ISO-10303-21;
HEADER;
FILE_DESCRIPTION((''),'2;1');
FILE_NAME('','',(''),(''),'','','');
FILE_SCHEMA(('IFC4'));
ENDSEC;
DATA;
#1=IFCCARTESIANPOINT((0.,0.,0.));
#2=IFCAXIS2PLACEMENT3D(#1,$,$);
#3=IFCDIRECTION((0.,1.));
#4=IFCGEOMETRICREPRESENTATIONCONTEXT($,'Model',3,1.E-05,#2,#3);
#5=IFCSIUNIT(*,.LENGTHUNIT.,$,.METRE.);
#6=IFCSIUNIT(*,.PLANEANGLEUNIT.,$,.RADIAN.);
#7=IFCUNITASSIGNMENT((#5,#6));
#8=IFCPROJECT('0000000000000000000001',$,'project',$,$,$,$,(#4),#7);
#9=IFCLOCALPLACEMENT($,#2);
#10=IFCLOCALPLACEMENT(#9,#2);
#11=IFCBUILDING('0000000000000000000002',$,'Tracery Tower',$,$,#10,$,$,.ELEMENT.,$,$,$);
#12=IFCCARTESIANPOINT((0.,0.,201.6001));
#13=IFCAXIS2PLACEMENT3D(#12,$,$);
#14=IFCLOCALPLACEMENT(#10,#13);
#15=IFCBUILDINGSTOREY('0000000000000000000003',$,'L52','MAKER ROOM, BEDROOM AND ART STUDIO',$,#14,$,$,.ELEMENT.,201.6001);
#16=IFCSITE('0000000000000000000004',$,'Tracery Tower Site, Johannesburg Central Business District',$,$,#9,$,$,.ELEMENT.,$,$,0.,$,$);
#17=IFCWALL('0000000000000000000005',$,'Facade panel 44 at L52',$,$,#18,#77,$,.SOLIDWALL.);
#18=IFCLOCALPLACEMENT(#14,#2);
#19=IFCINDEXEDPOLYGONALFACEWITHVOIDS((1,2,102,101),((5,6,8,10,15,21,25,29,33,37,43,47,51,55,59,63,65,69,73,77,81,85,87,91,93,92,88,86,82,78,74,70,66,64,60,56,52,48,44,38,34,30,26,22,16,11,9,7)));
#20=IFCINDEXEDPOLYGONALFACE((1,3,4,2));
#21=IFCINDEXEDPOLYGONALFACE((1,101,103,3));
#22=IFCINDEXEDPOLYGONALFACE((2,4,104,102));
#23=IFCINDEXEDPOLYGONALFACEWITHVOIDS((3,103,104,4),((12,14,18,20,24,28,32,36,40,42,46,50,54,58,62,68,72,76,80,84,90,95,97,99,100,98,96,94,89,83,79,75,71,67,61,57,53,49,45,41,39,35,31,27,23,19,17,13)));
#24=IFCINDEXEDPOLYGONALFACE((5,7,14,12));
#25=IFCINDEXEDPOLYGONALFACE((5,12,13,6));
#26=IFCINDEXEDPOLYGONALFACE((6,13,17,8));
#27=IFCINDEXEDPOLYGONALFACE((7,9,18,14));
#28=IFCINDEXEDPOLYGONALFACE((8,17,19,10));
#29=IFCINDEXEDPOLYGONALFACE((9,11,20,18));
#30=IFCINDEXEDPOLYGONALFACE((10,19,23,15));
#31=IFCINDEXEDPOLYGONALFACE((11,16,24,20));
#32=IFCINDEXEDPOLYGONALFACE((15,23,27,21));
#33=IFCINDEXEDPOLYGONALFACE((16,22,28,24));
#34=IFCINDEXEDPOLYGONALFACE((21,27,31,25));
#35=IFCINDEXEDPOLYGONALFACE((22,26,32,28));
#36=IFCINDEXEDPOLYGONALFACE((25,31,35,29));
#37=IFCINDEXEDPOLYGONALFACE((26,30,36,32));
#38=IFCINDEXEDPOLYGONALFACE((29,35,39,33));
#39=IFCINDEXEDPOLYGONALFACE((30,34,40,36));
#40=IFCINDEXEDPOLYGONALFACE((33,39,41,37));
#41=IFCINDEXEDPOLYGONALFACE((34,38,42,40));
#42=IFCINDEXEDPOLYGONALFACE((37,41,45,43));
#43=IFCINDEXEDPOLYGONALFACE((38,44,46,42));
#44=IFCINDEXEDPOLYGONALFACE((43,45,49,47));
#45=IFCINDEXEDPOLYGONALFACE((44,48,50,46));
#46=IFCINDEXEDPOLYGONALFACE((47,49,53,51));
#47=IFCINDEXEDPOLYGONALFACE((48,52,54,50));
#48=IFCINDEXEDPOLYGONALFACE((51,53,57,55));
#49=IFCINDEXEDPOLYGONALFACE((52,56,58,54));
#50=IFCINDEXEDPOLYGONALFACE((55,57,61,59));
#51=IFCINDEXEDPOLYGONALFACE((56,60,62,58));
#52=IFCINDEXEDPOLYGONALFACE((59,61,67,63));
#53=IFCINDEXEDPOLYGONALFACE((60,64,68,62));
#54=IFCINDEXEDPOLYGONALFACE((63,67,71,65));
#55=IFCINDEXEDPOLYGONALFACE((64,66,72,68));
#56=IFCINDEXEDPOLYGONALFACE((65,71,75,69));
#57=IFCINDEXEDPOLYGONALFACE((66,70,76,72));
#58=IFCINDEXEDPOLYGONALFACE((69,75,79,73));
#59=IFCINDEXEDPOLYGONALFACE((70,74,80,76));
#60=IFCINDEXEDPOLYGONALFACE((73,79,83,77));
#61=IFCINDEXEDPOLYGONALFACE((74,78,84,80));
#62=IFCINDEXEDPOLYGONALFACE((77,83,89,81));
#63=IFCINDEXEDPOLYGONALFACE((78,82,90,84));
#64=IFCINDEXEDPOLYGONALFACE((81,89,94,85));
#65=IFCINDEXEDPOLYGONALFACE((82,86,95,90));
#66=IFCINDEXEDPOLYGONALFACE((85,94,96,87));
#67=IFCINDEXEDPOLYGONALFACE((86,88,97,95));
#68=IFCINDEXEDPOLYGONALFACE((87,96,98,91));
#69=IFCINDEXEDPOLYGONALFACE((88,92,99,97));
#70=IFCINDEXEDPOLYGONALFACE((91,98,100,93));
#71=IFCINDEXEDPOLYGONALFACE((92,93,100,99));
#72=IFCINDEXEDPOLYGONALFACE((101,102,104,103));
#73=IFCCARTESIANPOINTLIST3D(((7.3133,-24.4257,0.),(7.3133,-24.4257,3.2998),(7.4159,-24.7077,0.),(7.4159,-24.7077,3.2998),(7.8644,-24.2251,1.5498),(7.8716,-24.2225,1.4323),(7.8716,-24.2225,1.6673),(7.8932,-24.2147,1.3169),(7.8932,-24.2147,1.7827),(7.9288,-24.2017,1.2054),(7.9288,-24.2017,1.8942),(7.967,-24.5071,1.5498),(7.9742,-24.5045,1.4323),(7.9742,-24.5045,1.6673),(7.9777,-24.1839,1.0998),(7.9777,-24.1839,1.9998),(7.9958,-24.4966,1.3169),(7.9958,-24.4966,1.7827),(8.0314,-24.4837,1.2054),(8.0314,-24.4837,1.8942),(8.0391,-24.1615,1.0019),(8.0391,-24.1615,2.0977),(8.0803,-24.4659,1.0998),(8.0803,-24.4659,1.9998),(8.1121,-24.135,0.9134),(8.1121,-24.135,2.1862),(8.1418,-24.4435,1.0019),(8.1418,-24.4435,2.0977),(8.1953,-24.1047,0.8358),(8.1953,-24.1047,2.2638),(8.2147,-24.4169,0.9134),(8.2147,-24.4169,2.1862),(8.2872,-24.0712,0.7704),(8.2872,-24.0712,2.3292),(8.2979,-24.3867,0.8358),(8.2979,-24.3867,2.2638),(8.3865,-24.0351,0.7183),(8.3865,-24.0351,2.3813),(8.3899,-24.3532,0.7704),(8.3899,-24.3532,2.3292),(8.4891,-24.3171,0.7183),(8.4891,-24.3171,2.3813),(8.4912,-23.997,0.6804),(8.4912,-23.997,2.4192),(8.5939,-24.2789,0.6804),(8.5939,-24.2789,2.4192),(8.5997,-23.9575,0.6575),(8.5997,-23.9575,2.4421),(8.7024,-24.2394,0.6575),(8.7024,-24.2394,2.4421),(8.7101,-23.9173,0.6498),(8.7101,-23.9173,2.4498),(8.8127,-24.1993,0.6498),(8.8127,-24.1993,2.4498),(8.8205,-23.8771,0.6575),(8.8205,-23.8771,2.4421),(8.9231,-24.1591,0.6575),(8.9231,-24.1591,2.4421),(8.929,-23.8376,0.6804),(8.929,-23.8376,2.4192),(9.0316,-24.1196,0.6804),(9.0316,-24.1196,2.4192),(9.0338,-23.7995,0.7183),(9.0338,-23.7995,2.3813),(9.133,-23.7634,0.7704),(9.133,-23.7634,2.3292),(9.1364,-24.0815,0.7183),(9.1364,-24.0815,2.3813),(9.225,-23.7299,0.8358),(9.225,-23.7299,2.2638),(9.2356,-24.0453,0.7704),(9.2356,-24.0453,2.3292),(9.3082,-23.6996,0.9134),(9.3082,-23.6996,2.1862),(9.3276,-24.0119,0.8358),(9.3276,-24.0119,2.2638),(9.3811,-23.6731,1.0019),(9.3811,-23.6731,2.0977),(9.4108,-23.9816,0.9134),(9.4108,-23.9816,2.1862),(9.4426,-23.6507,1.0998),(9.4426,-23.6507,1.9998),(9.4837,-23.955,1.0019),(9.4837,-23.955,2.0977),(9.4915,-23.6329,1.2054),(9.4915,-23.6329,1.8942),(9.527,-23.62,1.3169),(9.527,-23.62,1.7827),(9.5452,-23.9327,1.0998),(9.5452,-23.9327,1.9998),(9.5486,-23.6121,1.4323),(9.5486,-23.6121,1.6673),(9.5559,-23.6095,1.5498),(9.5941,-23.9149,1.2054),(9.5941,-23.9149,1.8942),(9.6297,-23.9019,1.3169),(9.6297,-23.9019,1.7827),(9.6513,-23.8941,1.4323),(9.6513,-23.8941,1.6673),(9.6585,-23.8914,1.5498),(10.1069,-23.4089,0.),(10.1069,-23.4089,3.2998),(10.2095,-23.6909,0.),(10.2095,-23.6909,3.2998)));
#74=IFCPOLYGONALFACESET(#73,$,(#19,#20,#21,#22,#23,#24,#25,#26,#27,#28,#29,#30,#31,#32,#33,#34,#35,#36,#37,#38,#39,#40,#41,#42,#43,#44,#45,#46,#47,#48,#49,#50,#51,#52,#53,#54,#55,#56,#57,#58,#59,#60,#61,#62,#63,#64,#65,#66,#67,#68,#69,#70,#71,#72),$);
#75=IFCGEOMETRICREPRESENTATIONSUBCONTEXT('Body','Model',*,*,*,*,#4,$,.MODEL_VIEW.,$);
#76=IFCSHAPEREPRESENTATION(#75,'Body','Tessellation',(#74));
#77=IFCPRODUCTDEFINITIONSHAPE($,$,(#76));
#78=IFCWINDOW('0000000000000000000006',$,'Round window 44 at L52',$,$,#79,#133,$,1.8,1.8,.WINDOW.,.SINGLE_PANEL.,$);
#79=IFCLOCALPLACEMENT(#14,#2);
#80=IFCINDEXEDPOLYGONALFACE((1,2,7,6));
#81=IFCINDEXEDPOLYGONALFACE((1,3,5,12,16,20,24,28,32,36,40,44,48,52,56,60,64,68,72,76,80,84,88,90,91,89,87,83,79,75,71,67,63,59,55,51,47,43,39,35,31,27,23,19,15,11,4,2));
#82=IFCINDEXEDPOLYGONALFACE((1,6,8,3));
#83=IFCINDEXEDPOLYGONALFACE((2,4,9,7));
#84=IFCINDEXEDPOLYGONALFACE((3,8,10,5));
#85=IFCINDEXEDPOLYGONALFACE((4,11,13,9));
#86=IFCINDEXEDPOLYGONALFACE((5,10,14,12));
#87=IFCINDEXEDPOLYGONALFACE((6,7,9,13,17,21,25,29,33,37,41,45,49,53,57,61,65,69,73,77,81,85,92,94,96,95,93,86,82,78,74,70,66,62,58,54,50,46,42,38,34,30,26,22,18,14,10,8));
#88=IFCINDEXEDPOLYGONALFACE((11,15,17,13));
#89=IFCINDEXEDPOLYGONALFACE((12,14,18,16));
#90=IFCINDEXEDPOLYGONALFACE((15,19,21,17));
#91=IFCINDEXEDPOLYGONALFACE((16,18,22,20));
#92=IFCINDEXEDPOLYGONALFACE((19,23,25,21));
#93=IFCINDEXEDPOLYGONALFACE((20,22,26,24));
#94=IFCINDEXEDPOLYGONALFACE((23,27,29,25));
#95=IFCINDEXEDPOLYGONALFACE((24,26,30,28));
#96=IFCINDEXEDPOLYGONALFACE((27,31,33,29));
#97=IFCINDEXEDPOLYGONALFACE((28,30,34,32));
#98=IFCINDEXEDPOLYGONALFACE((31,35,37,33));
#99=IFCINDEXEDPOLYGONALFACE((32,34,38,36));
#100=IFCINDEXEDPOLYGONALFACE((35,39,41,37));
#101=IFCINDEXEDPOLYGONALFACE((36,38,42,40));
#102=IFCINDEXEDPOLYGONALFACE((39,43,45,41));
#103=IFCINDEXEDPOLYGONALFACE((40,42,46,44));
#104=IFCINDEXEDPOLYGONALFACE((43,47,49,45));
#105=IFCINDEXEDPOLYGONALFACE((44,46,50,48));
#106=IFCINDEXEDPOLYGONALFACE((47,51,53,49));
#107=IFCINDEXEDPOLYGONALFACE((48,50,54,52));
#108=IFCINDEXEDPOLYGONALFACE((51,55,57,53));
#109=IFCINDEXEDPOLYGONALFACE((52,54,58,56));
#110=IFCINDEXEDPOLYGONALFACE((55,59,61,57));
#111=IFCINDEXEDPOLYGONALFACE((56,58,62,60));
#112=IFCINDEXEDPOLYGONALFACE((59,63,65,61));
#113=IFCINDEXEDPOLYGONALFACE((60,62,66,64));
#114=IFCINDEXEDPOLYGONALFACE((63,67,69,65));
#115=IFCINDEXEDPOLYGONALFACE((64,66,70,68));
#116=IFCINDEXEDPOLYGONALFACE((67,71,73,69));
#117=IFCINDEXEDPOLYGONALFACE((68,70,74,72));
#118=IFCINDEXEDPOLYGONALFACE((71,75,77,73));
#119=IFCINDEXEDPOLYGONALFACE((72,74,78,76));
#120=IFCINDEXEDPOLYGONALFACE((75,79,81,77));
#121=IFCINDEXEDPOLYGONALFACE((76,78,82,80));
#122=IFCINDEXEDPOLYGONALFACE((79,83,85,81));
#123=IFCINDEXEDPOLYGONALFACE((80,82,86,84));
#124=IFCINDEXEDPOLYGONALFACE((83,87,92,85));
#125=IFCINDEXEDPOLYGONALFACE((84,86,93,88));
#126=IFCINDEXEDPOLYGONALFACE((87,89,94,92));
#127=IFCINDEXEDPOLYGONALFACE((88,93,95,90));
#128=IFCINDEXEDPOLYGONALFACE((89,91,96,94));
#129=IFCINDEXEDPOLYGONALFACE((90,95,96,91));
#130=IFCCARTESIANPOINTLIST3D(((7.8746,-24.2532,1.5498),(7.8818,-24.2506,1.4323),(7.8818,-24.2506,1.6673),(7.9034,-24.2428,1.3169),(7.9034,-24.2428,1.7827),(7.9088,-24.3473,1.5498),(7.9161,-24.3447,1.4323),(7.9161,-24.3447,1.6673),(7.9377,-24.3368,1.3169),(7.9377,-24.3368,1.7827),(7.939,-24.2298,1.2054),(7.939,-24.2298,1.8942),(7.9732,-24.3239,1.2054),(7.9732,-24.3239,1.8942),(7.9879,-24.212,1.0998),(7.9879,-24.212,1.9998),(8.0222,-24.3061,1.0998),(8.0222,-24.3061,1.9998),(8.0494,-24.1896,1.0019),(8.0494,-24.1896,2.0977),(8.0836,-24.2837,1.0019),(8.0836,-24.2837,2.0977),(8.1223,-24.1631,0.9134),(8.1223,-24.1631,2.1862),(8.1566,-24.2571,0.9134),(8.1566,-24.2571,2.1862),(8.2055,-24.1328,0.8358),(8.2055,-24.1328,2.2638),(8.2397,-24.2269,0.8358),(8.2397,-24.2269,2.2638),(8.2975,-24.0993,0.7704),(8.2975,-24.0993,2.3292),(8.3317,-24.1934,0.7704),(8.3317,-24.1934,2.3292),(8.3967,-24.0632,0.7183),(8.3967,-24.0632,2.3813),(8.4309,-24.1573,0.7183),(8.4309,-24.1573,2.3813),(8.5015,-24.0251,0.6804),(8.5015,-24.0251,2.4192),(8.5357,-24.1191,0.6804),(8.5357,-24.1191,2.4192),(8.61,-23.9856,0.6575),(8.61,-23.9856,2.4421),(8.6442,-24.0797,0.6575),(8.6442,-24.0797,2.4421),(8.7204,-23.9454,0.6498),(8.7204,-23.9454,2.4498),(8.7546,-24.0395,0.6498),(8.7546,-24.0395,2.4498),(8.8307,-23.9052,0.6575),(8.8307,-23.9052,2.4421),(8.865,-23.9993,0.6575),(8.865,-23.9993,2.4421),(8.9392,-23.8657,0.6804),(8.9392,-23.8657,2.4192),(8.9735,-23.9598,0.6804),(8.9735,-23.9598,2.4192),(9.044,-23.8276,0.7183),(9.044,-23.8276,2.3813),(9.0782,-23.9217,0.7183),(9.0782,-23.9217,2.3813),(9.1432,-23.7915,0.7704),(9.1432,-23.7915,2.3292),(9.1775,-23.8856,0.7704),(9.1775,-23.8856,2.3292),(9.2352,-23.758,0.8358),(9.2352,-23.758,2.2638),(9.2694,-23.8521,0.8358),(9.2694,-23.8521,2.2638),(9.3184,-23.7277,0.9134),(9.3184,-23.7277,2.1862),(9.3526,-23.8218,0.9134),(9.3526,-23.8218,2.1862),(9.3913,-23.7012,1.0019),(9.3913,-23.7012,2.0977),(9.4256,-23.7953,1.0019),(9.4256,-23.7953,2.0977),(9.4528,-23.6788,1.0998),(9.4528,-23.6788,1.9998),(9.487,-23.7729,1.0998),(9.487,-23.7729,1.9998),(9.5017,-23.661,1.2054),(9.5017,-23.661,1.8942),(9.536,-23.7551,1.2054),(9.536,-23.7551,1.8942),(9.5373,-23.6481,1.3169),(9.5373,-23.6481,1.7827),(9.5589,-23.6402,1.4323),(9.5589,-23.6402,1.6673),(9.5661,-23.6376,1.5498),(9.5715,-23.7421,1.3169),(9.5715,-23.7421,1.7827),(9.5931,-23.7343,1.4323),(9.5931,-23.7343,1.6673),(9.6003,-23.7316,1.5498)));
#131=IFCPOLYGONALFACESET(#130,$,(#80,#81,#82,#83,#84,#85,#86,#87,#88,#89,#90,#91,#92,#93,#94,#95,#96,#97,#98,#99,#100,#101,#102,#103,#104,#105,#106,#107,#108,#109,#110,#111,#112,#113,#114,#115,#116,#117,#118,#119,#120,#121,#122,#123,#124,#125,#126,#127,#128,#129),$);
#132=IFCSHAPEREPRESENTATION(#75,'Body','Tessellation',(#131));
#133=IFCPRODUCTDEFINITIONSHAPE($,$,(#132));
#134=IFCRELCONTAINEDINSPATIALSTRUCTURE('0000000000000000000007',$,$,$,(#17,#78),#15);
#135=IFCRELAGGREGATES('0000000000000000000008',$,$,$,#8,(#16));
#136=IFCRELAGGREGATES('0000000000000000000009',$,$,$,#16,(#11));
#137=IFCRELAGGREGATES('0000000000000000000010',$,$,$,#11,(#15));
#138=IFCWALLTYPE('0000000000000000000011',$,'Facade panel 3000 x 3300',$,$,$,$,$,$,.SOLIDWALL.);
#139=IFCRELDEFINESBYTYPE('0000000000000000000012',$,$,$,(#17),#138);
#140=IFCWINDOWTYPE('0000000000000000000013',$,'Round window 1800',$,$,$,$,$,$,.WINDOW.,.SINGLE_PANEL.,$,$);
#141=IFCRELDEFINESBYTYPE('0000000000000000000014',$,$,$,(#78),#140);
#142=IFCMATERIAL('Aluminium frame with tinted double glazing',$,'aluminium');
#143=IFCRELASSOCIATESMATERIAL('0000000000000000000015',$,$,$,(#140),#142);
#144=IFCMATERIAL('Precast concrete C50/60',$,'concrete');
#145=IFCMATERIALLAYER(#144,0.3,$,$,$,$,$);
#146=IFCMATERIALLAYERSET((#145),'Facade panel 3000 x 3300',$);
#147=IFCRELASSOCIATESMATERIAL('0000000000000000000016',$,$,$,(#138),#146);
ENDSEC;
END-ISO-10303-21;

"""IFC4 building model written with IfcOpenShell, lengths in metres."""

from ifc_helpers import new_model, si_unit, direction, frame, frame_2d, origin, origin_2d, place, context, subcontext, project, spatial, rectangle, circle, extrude, material, layer, layer_set, type_object, element, fill, save


model = new_model("IFC4")

# Units and contexts
model_context = context("Model", 3, precision=1e-05, world=origin(), true_north=direction((0.0, 1.0)))
body_context = subcontext(model_context, "Body", "Model", "MODEL_VIEW")
ifc_project = project(units=[si_unit("LENGTHUNIT", "METRE"), si_unit("PLANEANGLEUNIT", "RADIAN")], contexts=[model_context])

# Site, building, storey
site_placement = place(None, origin())
site = spatial("IfcSite", under=ifc_project, at=site_placement, Name="Tracery Tower Site, Johannesburg Central Business District", CompositionType="ELEMENT", RefElevation=0.0)
building_placement = place(site_placement, origin())
building = spatial("IfcBuilding", under=site, at=building_placement, Name="Tracery Tower", CompositionType="ELEMENT")
storey_placement = place(building_placement, frame((0.0, 0.0, 201.6001)))
storey = spatial("IfcBuildingStorey", under=building, at=storey_placement, Name="L52", Description="MAKER ROOM, BEDROOM AND ART STUDIO", CompositionType="ELEMENT", Elevation=201.6001)

# Wall, opening, window
ifc_material_1 = material(Name="Aluminium frame with tinted double glazing", Category="aluminium")
window_type = type_object("IfcWindowType", Name="Round window 1800", PartitioningType="SINGLE_PANEL", PredefinedType="WINDOW", material=ifc_material_1)
ifc_material_2 = material(Name="Precast concrete C50/60", Category="concrete")
ifc_layer_1 = layer(ifc_material_2, 0.3)
ifc_layer_set_1 = layer_set([ifc_layer_1], Name="Facade panel 3000 x 3300")
wall_type_1 = type_object("IfcWallType", Name="Facade panel 3000 x 3300", PredefinedType="SOLIDWALL", material=ifc_layer_set_1)
wall_1_placement = place(storey_placement, frame((7.3647, -24.5667, 0.0), z_axis=(0.0, 0.0, 1.0), x_axis=(0.93969, 0.342027, 0.0)))
wall_1 = element("IfcWall", 1, at=wall_1_placement, inside=storey, type_object=wall_type_1, Name="Facade panel 44 at L52", PredefinedType="SOLIDWALL", context=body_context, shape_type="SweptSolid", body=[
    extrude(rectangle(XDim=2.9729, YDim=0.3, at=frame_2d((1.4863, 0.0))), origin(), (0.0, 0.0, 1.0), 3.2998),
])
opening_1_placement = place(wall_1_placement, frame((1.4863, 0.0, 1.5498)))
opening_1 = element("IfcOpeningElement", 2, at=opening_1_placement, cuts=wall_1, PredefinedType="OPENING", context=body_context, shape_type="SweptSolid", body=[
    extrude(circle(Radius=0.9, at=origin_2d()), frame((0.0, 0.1599, 0.0), z_axis=(0.0, -1.0, 0.0), x_axis=(1.0, 0.0, 0.0)), (0.0, 0.0, 1.0), 0.3201),
])
window_1_placement = place(opening_1_placement, origin())
window_1 = element("IfcWindow", 3, at=window_1_placement, inside=storey, type_object=window_type, Name="Round window 44 at L52", OverallHeight=1.8, OverallWidth=1.8, PartitioningType="SINGLE_PANEL", PredefinedType="WINDOW", context=body_context, shape_type="SweptSolid", body=[
    extrude(circle(Radius=0.9, at=origin_2d()), frame((0.0, 0.1201, 0.0), z_axis=(0.0, -1.0, 0.0), x_axis=(1.0, 0.0, 0.0)), (0.0, 0.0, 1.0), 0.1001),
])
fill(opening_1, window_1)

save(model, "model.ifc")
